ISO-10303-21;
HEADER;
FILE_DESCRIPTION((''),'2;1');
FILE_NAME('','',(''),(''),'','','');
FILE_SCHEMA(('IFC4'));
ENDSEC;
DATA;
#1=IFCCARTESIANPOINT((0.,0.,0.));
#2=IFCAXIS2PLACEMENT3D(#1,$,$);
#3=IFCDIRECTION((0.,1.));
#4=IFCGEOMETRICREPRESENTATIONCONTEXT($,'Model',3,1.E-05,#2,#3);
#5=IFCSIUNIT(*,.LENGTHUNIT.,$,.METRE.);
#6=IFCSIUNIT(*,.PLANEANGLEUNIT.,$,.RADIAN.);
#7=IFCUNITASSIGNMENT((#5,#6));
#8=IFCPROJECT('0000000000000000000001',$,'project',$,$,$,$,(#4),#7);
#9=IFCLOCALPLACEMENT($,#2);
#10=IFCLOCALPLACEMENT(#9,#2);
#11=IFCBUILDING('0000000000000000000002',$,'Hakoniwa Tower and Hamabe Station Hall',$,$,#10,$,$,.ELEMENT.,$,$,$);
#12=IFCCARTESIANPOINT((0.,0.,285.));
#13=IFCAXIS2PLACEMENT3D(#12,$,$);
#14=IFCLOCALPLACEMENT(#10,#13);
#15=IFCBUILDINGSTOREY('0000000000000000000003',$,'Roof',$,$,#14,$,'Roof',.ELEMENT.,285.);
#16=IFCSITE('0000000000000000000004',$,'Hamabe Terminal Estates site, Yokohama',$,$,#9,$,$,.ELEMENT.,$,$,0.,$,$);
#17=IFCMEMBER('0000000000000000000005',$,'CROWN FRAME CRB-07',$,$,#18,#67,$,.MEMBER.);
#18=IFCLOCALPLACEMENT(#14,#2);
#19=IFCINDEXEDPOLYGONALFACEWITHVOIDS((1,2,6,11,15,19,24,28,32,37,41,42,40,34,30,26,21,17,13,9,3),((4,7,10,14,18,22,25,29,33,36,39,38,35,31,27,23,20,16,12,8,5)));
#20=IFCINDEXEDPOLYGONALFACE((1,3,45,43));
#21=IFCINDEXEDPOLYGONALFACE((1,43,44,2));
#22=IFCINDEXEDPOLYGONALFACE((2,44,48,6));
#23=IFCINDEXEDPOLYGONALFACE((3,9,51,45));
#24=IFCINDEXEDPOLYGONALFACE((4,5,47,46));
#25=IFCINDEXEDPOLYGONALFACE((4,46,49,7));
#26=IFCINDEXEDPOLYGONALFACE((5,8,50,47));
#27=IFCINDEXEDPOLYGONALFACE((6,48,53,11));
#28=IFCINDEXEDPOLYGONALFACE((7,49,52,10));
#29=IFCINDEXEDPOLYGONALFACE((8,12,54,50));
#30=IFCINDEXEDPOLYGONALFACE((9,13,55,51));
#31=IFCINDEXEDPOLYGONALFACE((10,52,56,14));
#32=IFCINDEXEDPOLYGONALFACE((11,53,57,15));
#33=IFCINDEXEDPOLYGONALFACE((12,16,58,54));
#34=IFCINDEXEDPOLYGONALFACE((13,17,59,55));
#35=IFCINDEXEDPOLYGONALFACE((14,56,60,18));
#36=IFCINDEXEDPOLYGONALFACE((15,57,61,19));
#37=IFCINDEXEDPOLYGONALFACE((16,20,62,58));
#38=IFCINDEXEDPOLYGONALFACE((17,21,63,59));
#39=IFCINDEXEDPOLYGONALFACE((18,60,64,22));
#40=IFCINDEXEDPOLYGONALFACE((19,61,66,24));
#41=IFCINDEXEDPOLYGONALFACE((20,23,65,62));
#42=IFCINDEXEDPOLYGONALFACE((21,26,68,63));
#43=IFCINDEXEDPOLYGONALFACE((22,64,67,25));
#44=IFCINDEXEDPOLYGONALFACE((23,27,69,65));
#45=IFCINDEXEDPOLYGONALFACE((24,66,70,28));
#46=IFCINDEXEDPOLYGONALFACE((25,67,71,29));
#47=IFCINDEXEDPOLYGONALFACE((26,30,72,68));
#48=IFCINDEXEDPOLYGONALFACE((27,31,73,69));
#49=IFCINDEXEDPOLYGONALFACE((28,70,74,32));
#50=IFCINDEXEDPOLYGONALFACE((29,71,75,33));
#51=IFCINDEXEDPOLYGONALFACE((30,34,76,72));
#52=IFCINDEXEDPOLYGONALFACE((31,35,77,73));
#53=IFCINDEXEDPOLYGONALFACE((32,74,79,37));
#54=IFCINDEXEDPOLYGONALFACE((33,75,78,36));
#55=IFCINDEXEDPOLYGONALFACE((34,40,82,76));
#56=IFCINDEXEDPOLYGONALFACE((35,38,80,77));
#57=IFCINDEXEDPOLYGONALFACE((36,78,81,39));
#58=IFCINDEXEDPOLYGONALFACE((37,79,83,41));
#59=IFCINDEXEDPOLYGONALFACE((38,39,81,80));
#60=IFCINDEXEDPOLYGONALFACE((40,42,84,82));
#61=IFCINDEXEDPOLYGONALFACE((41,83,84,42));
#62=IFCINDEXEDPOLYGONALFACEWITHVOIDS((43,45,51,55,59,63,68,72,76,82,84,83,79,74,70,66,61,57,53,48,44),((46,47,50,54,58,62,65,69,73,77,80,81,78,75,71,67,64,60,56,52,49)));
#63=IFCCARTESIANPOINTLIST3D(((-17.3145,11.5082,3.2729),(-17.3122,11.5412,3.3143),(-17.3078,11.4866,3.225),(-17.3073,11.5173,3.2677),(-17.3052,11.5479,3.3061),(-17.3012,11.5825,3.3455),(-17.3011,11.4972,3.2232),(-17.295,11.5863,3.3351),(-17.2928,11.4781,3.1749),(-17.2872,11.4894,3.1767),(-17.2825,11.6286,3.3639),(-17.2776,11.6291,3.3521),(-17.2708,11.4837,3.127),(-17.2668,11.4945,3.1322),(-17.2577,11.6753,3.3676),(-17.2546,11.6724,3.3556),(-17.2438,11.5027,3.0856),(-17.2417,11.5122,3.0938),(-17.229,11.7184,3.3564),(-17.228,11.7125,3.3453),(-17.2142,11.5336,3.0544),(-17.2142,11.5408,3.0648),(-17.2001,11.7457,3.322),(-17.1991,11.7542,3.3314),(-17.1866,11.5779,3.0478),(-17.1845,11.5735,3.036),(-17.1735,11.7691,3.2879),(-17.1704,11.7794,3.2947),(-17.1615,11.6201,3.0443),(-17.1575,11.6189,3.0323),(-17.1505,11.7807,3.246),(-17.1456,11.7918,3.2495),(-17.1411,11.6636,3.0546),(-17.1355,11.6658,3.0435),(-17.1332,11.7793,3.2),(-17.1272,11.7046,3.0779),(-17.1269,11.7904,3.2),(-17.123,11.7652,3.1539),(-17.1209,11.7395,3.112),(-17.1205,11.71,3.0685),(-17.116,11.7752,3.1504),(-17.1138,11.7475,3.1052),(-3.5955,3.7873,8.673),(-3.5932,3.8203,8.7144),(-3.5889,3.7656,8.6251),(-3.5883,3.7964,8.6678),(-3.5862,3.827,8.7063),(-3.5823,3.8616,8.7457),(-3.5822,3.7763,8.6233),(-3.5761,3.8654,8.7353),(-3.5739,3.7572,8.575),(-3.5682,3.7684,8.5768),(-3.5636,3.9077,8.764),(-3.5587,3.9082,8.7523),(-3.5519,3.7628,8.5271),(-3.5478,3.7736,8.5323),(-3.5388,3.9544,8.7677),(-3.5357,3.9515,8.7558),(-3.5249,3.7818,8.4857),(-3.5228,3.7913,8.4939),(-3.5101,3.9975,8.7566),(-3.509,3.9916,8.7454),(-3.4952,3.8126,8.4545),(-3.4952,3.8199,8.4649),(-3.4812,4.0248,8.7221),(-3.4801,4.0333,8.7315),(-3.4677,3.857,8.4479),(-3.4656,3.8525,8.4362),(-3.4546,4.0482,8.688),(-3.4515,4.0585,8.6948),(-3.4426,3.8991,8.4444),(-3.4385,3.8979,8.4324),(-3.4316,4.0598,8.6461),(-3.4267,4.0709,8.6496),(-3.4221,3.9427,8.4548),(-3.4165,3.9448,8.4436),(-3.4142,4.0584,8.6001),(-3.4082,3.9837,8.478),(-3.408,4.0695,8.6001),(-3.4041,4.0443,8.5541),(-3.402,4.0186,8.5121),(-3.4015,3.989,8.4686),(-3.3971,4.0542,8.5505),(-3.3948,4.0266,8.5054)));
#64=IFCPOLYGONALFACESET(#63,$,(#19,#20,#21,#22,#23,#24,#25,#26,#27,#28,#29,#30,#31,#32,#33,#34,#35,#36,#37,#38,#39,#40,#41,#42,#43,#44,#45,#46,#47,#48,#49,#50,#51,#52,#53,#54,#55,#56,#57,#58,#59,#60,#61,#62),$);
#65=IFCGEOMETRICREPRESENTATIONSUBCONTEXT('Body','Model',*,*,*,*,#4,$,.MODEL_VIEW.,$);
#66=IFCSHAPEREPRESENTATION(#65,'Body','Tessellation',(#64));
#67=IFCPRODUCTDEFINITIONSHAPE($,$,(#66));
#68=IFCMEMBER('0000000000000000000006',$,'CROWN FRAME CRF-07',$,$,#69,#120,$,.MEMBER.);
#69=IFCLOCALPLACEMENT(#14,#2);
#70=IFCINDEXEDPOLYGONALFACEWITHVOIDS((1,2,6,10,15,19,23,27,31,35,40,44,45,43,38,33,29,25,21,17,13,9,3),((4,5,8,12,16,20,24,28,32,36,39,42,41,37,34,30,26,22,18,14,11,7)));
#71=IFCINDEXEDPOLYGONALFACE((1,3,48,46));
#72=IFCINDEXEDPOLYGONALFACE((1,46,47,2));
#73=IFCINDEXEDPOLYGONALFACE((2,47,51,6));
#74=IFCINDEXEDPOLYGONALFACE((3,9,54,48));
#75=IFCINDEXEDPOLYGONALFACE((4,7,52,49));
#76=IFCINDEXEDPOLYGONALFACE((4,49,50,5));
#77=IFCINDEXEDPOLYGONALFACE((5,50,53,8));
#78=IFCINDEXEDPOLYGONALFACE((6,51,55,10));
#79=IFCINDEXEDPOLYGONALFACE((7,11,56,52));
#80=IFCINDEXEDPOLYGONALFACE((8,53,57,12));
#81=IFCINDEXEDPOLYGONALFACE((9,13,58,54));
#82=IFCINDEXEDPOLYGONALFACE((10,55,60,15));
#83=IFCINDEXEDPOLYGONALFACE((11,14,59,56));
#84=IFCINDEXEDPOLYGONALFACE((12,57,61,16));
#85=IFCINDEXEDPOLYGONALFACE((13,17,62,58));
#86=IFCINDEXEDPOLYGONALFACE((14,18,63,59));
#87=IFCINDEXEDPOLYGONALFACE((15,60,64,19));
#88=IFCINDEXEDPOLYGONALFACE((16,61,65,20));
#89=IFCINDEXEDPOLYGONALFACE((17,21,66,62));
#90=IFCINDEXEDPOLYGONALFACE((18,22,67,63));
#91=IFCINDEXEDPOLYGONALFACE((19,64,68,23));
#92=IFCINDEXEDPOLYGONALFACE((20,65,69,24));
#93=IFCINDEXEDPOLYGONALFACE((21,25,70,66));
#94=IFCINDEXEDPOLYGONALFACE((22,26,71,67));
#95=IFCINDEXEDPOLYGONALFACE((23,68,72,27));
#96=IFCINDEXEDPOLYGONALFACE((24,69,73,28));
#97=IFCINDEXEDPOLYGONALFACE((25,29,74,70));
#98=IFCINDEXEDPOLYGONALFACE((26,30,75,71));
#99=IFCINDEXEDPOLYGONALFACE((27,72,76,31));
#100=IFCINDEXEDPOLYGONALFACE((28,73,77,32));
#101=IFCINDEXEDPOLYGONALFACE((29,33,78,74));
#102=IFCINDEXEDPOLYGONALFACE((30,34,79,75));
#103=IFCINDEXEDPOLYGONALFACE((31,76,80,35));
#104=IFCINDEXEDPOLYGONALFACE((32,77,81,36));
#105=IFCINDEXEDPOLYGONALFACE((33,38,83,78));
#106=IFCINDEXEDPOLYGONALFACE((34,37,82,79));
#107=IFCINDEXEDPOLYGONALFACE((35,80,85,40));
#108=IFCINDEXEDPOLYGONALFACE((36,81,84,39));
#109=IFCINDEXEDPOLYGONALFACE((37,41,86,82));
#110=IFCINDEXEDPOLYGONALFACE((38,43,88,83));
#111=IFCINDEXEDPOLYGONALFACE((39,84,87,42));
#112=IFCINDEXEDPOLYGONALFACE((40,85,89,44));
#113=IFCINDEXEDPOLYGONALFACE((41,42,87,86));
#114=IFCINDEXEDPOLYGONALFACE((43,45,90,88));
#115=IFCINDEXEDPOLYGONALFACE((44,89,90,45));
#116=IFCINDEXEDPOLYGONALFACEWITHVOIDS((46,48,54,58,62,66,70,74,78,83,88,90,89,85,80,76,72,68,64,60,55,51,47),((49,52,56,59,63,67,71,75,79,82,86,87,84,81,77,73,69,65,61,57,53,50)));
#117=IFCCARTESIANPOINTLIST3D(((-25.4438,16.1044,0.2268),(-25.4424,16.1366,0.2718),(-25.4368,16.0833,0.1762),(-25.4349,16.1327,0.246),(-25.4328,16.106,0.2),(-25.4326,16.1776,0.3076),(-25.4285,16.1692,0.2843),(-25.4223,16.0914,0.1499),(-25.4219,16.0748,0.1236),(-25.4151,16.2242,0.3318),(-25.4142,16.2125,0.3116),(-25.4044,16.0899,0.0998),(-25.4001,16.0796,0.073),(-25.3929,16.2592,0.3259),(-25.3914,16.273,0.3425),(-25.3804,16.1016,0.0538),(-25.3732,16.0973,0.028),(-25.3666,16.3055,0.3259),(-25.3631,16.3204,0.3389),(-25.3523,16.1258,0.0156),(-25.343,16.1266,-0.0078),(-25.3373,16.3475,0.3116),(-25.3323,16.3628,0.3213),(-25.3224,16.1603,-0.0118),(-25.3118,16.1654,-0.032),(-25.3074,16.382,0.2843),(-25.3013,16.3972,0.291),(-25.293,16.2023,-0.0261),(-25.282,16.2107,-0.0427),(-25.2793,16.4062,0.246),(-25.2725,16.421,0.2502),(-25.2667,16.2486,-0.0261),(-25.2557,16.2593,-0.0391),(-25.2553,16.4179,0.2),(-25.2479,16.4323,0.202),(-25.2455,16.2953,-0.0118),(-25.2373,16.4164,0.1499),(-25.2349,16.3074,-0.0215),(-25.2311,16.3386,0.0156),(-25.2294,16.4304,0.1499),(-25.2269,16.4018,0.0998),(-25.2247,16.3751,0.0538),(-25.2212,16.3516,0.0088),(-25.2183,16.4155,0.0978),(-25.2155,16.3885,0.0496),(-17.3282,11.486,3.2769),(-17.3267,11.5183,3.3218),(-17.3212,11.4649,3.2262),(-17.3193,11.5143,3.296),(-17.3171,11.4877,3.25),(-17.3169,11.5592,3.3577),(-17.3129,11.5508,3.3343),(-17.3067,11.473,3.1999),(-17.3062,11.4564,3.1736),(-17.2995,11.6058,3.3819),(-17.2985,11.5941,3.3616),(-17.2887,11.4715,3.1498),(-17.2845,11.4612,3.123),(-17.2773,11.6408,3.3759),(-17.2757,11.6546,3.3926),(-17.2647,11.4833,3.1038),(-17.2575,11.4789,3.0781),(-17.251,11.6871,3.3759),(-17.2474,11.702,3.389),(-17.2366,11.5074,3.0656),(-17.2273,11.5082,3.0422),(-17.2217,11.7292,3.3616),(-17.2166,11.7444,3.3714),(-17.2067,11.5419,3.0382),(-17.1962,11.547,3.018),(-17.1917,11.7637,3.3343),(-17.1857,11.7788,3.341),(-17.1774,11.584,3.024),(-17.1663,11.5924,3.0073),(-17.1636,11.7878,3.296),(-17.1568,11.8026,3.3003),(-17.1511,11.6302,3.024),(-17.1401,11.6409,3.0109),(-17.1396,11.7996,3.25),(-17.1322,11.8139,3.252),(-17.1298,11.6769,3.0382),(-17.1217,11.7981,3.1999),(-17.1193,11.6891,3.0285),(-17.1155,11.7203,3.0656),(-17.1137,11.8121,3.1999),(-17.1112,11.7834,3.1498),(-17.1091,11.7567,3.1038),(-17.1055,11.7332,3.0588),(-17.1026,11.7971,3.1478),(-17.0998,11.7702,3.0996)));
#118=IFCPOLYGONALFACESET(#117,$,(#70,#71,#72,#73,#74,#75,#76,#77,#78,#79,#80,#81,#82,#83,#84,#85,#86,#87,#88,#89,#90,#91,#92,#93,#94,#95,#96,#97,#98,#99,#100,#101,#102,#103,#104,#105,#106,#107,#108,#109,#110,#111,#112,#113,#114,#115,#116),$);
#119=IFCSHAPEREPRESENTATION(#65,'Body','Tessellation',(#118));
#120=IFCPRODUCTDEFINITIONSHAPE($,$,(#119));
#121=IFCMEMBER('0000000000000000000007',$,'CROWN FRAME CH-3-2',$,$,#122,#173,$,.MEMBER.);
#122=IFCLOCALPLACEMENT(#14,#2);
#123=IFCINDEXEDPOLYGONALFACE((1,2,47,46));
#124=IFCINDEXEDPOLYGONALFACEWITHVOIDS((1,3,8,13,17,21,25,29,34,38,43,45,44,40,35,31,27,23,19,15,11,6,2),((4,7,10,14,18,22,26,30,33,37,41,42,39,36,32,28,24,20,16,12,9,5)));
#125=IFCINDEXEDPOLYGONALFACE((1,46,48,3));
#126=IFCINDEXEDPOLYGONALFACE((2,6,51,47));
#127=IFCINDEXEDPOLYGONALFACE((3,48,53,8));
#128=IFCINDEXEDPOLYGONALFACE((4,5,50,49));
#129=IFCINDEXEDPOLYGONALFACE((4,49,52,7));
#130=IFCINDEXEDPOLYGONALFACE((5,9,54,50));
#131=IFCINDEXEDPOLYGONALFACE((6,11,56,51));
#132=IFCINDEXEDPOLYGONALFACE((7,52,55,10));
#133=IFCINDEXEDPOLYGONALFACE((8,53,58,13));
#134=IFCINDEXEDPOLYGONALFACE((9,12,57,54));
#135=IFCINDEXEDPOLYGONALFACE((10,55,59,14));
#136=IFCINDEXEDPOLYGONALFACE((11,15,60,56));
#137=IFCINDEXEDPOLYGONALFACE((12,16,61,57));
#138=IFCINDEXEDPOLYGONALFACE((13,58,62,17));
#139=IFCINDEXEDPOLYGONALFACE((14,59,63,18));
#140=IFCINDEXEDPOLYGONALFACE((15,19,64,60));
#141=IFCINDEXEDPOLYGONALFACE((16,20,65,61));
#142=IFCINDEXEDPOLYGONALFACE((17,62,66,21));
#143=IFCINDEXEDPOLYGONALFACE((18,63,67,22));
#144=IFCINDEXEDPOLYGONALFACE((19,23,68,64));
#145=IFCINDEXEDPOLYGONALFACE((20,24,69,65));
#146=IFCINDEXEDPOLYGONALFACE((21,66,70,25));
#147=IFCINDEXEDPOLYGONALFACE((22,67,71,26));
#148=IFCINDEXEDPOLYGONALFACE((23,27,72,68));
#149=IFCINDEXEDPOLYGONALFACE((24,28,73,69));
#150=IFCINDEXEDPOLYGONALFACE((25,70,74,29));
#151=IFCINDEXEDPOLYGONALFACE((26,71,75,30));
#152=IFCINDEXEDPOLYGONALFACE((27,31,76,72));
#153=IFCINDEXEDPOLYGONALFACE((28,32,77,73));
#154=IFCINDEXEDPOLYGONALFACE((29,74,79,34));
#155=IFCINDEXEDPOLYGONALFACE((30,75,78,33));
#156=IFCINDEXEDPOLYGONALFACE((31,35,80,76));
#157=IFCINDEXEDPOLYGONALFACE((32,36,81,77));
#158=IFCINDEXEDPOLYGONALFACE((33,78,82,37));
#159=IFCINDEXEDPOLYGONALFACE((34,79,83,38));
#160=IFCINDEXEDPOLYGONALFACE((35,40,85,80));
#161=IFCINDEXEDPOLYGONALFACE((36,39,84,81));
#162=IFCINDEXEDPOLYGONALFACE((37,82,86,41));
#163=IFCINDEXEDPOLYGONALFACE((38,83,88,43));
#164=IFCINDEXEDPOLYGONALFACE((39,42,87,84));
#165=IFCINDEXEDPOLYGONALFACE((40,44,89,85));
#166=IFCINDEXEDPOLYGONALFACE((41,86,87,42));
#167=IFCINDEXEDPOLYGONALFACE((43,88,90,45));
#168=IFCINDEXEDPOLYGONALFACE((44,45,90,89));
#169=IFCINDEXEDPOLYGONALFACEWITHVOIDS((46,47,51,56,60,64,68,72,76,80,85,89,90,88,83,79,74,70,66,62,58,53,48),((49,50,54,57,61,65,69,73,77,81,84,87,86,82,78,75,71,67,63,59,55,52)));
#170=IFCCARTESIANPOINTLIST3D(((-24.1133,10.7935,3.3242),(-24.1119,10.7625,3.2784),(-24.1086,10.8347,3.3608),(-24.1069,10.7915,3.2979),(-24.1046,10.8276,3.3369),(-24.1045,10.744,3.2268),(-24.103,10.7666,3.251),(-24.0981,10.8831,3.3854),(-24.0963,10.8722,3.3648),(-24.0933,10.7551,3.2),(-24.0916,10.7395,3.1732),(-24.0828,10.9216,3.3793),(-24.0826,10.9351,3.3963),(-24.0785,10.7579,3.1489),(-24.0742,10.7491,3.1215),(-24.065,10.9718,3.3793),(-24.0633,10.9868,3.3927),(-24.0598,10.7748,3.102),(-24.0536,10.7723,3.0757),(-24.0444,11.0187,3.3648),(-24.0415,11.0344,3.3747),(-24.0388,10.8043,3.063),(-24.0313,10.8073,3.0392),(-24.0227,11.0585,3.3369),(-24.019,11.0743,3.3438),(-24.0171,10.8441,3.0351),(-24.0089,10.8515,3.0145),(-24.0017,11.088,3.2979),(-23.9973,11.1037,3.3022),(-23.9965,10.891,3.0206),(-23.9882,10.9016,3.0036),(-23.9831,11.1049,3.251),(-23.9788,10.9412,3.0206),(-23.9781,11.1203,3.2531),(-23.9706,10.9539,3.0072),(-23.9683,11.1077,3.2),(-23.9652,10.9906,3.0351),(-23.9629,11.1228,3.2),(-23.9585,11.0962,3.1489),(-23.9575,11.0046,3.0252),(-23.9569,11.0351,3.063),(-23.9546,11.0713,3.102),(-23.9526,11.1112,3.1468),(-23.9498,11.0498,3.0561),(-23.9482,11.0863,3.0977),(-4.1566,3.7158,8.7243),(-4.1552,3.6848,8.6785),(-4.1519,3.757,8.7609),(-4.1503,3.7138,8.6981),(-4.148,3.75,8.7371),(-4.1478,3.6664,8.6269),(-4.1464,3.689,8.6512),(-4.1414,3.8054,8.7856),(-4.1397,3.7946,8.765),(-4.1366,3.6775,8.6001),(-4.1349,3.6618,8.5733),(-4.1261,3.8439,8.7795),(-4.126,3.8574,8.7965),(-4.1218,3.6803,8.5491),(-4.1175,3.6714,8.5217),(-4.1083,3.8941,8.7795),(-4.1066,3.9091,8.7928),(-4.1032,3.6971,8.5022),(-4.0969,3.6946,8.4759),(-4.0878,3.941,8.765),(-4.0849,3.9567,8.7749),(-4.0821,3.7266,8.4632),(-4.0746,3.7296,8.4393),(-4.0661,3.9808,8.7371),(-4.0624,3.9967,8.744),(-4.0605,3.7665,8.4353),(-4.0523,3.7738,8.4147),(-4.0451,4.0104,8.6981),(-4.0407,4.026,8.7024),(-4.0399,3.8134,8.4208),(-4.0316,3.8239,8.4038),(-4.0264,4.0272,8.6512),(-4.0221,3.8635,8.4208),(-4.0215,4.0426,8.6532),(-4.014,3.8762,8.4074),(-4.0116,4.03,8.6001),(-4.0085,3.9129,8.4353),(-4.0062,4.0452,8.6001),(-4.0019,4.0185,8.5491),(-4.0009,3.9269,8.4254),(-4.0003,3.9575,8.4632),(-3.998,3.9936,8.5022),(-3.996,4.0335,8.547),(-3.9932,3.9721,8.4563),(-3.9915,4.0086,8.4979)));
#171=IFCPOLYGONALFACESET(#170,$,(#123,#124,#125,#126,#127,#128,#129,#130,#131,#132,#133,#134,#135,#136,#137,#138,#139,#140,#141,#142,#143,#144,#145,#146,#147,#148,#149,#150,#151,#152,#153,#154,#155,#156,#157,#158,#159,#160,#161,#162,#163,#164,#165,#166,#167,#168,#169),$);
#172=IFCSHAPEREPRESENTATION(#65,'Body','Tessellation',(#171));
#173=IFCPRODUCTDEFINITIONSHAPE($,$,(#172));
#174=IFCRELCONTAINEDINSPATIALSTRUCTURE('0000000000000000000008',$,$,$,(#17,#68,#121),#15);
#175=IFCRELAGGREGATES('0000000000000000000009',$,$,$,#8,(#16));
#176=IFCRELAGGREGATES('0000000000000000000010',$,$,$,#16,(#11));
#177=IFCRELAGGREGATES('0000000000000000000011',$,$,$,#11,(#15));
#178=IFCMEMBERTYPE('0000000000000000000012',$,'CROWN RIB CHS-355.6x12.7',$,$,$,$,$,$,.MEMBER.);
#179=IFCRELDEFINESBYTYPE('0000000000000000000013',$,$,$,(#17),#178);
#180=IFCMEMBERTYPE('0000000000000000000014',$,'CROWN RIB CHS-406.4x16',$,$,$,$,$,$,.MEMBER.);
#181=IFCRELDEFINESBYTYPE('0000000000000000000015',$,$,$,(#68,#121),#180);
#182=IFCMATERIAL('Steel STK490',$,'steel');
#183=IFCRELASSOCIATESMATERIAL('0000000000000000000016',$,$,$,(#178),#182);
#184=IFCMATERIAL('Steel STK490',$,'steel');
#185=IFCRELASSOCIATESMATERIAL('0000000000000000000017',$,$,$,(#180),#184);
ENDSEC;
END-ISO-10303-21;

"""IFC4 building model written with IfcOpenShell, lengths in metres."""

from ifc_helpers import new_model, si_unit, direction, frame, origin, origin_2d, place, context, subcontext, project, spatial, hollow_circle, extrude, material, material_profile, profile_set, type_object, element, save


model = new_model("IFC4")

# Units and contexts
model_context = context("Model", 3, precision=1e-05, world=origin(), true_north=direction((0.0, 1.0)))
body_context = subcontext(model_context, "Body", "Model", "MODEL_VIEW")
ifc_project = project(units=[si_unit("LENGTHUNIT", "METRE"), si_unit("PLANEANGLEUNIT", "RADIAN")], contexts=[model_context])

# Site, building, storey
site_placement = place(None, origin())
site = spatial("IfcSite", under=ifc_project, at=site_placement, Name="Hamabe Terminal Estates site, Yokohama", CompositionType="ELEMENT", RefElevation=0.0)
building_placement = place(site_placement, origin())
building = spatial("IfcBuilding", under=site, at=building_placement, Name="Hakoniwa Tower and Hamabe Station Hall", CompositionType="ELEMENT")
storey_placement = place(building_placement, frame((0.0, 0.0, 285.0)))
storey = spatial("IfcBuildingStorey", under=building, at=storey_placement, Name="Roof", LongName="Roof", CompositionType="ELEMENT", Elevation=285.0)

# Members
ifc_material_1 = material(Name="Steel STK490", Category="steel")
ifc_material_profile_1 = material_profile(ifc_material_1, hollow_circle(Radius=0.1777, WallThickness=0.0127, at=origin_2d()), Name="CHS-355.6x12.7")
ifc_profile_set_1 = profile_set([ifc_material_profile_1], Name="Steel STK490")
member_type_1 = type_object("IfcMemberType", Name="CROWN RIB CHS-355.6x12.7", PredefinedType="MEMBER", material=ifc_profile_set_1)
member_1_placement = place(storey_placement, frame((-17.2141, 11.6355, 3.2), z_axis=(0.824316, -0.463919, 0.324472), x_axis=(0.490455, 0.871467, 0.0)))
element("IfcMember", 1, at=member_1_placement, inside=storey, type_object=member_type_1, Name="CROWN FRAME CRB-07", PredefinedType="MEMBER", context=body_context, shape_type="SweptSolid", body=[
    extrude(hollow_circle(Radius=0.1777, WallThickness=0.0127, at=origin_2d()), origin(), (0.0, 0.0, 1.0), 16.6428),
])
ifc_material_2 = material(Name="Steel STK490", Category="steel")
ifc_material_profile_2 = material_profile(ifc_material_2, hollow_circle(Radius=0.2031, WallThickness=0.0161, at=origin_2d()), Name="CHS-406.4x16")
ifc_profile_set_2 = profile_set([ifc_material_profile_2], Name="Steel STK490")
member_type_2 = type_object("IfcMemberType", Name="CROWN RIB CHS-406.4x16", PredefinedType="MEMBER", material=ifc_profile_set_2)
member_2_placement = place(storey_placement, frame((-25.3298, 16.2539, 0.1499), z_axis=(0.82617, -0.470148, 0.310491), x_axis=(0.494592, 0.869125, 0.0)))
element("IfcMember", 2, at=member_2_placement, inside=storey, type_object=member_type_2, Name="CROWN FRAME CRF-07", PredefinedType="MEMBER", context=body_context, shape_type="SweptSolid", body=[
    extrude(hollow_circle(Radius=0.2031, WallThickness=0.0161, at=origin_2d()), origin(), (0.0, 0.0, 1.0), 9.8232),
])
member_3_placement = place(storey_placement, frame((-24.0308, 10.9314, 3.2), z_axis=(0.913251, -0.323887, 0.247122), x_axis=(0.334254, 0.942483, 0.0)))
element("IfcMember", 3, at=member_3_placement, inside=storey, type_object=member_type_2, Name="CROWN FRAME CH-3-2", PredefinedType="MEMBER", context=body_context, shape_type="SweptSolid", body=[
    extrude(hollow_circle(Radius=0.2031, WallThickness=0.0161, at=origin_2d()), origin(), (0.0, 0.0, 1.0), 21.8523),
])

save(model, "model.ifc")
